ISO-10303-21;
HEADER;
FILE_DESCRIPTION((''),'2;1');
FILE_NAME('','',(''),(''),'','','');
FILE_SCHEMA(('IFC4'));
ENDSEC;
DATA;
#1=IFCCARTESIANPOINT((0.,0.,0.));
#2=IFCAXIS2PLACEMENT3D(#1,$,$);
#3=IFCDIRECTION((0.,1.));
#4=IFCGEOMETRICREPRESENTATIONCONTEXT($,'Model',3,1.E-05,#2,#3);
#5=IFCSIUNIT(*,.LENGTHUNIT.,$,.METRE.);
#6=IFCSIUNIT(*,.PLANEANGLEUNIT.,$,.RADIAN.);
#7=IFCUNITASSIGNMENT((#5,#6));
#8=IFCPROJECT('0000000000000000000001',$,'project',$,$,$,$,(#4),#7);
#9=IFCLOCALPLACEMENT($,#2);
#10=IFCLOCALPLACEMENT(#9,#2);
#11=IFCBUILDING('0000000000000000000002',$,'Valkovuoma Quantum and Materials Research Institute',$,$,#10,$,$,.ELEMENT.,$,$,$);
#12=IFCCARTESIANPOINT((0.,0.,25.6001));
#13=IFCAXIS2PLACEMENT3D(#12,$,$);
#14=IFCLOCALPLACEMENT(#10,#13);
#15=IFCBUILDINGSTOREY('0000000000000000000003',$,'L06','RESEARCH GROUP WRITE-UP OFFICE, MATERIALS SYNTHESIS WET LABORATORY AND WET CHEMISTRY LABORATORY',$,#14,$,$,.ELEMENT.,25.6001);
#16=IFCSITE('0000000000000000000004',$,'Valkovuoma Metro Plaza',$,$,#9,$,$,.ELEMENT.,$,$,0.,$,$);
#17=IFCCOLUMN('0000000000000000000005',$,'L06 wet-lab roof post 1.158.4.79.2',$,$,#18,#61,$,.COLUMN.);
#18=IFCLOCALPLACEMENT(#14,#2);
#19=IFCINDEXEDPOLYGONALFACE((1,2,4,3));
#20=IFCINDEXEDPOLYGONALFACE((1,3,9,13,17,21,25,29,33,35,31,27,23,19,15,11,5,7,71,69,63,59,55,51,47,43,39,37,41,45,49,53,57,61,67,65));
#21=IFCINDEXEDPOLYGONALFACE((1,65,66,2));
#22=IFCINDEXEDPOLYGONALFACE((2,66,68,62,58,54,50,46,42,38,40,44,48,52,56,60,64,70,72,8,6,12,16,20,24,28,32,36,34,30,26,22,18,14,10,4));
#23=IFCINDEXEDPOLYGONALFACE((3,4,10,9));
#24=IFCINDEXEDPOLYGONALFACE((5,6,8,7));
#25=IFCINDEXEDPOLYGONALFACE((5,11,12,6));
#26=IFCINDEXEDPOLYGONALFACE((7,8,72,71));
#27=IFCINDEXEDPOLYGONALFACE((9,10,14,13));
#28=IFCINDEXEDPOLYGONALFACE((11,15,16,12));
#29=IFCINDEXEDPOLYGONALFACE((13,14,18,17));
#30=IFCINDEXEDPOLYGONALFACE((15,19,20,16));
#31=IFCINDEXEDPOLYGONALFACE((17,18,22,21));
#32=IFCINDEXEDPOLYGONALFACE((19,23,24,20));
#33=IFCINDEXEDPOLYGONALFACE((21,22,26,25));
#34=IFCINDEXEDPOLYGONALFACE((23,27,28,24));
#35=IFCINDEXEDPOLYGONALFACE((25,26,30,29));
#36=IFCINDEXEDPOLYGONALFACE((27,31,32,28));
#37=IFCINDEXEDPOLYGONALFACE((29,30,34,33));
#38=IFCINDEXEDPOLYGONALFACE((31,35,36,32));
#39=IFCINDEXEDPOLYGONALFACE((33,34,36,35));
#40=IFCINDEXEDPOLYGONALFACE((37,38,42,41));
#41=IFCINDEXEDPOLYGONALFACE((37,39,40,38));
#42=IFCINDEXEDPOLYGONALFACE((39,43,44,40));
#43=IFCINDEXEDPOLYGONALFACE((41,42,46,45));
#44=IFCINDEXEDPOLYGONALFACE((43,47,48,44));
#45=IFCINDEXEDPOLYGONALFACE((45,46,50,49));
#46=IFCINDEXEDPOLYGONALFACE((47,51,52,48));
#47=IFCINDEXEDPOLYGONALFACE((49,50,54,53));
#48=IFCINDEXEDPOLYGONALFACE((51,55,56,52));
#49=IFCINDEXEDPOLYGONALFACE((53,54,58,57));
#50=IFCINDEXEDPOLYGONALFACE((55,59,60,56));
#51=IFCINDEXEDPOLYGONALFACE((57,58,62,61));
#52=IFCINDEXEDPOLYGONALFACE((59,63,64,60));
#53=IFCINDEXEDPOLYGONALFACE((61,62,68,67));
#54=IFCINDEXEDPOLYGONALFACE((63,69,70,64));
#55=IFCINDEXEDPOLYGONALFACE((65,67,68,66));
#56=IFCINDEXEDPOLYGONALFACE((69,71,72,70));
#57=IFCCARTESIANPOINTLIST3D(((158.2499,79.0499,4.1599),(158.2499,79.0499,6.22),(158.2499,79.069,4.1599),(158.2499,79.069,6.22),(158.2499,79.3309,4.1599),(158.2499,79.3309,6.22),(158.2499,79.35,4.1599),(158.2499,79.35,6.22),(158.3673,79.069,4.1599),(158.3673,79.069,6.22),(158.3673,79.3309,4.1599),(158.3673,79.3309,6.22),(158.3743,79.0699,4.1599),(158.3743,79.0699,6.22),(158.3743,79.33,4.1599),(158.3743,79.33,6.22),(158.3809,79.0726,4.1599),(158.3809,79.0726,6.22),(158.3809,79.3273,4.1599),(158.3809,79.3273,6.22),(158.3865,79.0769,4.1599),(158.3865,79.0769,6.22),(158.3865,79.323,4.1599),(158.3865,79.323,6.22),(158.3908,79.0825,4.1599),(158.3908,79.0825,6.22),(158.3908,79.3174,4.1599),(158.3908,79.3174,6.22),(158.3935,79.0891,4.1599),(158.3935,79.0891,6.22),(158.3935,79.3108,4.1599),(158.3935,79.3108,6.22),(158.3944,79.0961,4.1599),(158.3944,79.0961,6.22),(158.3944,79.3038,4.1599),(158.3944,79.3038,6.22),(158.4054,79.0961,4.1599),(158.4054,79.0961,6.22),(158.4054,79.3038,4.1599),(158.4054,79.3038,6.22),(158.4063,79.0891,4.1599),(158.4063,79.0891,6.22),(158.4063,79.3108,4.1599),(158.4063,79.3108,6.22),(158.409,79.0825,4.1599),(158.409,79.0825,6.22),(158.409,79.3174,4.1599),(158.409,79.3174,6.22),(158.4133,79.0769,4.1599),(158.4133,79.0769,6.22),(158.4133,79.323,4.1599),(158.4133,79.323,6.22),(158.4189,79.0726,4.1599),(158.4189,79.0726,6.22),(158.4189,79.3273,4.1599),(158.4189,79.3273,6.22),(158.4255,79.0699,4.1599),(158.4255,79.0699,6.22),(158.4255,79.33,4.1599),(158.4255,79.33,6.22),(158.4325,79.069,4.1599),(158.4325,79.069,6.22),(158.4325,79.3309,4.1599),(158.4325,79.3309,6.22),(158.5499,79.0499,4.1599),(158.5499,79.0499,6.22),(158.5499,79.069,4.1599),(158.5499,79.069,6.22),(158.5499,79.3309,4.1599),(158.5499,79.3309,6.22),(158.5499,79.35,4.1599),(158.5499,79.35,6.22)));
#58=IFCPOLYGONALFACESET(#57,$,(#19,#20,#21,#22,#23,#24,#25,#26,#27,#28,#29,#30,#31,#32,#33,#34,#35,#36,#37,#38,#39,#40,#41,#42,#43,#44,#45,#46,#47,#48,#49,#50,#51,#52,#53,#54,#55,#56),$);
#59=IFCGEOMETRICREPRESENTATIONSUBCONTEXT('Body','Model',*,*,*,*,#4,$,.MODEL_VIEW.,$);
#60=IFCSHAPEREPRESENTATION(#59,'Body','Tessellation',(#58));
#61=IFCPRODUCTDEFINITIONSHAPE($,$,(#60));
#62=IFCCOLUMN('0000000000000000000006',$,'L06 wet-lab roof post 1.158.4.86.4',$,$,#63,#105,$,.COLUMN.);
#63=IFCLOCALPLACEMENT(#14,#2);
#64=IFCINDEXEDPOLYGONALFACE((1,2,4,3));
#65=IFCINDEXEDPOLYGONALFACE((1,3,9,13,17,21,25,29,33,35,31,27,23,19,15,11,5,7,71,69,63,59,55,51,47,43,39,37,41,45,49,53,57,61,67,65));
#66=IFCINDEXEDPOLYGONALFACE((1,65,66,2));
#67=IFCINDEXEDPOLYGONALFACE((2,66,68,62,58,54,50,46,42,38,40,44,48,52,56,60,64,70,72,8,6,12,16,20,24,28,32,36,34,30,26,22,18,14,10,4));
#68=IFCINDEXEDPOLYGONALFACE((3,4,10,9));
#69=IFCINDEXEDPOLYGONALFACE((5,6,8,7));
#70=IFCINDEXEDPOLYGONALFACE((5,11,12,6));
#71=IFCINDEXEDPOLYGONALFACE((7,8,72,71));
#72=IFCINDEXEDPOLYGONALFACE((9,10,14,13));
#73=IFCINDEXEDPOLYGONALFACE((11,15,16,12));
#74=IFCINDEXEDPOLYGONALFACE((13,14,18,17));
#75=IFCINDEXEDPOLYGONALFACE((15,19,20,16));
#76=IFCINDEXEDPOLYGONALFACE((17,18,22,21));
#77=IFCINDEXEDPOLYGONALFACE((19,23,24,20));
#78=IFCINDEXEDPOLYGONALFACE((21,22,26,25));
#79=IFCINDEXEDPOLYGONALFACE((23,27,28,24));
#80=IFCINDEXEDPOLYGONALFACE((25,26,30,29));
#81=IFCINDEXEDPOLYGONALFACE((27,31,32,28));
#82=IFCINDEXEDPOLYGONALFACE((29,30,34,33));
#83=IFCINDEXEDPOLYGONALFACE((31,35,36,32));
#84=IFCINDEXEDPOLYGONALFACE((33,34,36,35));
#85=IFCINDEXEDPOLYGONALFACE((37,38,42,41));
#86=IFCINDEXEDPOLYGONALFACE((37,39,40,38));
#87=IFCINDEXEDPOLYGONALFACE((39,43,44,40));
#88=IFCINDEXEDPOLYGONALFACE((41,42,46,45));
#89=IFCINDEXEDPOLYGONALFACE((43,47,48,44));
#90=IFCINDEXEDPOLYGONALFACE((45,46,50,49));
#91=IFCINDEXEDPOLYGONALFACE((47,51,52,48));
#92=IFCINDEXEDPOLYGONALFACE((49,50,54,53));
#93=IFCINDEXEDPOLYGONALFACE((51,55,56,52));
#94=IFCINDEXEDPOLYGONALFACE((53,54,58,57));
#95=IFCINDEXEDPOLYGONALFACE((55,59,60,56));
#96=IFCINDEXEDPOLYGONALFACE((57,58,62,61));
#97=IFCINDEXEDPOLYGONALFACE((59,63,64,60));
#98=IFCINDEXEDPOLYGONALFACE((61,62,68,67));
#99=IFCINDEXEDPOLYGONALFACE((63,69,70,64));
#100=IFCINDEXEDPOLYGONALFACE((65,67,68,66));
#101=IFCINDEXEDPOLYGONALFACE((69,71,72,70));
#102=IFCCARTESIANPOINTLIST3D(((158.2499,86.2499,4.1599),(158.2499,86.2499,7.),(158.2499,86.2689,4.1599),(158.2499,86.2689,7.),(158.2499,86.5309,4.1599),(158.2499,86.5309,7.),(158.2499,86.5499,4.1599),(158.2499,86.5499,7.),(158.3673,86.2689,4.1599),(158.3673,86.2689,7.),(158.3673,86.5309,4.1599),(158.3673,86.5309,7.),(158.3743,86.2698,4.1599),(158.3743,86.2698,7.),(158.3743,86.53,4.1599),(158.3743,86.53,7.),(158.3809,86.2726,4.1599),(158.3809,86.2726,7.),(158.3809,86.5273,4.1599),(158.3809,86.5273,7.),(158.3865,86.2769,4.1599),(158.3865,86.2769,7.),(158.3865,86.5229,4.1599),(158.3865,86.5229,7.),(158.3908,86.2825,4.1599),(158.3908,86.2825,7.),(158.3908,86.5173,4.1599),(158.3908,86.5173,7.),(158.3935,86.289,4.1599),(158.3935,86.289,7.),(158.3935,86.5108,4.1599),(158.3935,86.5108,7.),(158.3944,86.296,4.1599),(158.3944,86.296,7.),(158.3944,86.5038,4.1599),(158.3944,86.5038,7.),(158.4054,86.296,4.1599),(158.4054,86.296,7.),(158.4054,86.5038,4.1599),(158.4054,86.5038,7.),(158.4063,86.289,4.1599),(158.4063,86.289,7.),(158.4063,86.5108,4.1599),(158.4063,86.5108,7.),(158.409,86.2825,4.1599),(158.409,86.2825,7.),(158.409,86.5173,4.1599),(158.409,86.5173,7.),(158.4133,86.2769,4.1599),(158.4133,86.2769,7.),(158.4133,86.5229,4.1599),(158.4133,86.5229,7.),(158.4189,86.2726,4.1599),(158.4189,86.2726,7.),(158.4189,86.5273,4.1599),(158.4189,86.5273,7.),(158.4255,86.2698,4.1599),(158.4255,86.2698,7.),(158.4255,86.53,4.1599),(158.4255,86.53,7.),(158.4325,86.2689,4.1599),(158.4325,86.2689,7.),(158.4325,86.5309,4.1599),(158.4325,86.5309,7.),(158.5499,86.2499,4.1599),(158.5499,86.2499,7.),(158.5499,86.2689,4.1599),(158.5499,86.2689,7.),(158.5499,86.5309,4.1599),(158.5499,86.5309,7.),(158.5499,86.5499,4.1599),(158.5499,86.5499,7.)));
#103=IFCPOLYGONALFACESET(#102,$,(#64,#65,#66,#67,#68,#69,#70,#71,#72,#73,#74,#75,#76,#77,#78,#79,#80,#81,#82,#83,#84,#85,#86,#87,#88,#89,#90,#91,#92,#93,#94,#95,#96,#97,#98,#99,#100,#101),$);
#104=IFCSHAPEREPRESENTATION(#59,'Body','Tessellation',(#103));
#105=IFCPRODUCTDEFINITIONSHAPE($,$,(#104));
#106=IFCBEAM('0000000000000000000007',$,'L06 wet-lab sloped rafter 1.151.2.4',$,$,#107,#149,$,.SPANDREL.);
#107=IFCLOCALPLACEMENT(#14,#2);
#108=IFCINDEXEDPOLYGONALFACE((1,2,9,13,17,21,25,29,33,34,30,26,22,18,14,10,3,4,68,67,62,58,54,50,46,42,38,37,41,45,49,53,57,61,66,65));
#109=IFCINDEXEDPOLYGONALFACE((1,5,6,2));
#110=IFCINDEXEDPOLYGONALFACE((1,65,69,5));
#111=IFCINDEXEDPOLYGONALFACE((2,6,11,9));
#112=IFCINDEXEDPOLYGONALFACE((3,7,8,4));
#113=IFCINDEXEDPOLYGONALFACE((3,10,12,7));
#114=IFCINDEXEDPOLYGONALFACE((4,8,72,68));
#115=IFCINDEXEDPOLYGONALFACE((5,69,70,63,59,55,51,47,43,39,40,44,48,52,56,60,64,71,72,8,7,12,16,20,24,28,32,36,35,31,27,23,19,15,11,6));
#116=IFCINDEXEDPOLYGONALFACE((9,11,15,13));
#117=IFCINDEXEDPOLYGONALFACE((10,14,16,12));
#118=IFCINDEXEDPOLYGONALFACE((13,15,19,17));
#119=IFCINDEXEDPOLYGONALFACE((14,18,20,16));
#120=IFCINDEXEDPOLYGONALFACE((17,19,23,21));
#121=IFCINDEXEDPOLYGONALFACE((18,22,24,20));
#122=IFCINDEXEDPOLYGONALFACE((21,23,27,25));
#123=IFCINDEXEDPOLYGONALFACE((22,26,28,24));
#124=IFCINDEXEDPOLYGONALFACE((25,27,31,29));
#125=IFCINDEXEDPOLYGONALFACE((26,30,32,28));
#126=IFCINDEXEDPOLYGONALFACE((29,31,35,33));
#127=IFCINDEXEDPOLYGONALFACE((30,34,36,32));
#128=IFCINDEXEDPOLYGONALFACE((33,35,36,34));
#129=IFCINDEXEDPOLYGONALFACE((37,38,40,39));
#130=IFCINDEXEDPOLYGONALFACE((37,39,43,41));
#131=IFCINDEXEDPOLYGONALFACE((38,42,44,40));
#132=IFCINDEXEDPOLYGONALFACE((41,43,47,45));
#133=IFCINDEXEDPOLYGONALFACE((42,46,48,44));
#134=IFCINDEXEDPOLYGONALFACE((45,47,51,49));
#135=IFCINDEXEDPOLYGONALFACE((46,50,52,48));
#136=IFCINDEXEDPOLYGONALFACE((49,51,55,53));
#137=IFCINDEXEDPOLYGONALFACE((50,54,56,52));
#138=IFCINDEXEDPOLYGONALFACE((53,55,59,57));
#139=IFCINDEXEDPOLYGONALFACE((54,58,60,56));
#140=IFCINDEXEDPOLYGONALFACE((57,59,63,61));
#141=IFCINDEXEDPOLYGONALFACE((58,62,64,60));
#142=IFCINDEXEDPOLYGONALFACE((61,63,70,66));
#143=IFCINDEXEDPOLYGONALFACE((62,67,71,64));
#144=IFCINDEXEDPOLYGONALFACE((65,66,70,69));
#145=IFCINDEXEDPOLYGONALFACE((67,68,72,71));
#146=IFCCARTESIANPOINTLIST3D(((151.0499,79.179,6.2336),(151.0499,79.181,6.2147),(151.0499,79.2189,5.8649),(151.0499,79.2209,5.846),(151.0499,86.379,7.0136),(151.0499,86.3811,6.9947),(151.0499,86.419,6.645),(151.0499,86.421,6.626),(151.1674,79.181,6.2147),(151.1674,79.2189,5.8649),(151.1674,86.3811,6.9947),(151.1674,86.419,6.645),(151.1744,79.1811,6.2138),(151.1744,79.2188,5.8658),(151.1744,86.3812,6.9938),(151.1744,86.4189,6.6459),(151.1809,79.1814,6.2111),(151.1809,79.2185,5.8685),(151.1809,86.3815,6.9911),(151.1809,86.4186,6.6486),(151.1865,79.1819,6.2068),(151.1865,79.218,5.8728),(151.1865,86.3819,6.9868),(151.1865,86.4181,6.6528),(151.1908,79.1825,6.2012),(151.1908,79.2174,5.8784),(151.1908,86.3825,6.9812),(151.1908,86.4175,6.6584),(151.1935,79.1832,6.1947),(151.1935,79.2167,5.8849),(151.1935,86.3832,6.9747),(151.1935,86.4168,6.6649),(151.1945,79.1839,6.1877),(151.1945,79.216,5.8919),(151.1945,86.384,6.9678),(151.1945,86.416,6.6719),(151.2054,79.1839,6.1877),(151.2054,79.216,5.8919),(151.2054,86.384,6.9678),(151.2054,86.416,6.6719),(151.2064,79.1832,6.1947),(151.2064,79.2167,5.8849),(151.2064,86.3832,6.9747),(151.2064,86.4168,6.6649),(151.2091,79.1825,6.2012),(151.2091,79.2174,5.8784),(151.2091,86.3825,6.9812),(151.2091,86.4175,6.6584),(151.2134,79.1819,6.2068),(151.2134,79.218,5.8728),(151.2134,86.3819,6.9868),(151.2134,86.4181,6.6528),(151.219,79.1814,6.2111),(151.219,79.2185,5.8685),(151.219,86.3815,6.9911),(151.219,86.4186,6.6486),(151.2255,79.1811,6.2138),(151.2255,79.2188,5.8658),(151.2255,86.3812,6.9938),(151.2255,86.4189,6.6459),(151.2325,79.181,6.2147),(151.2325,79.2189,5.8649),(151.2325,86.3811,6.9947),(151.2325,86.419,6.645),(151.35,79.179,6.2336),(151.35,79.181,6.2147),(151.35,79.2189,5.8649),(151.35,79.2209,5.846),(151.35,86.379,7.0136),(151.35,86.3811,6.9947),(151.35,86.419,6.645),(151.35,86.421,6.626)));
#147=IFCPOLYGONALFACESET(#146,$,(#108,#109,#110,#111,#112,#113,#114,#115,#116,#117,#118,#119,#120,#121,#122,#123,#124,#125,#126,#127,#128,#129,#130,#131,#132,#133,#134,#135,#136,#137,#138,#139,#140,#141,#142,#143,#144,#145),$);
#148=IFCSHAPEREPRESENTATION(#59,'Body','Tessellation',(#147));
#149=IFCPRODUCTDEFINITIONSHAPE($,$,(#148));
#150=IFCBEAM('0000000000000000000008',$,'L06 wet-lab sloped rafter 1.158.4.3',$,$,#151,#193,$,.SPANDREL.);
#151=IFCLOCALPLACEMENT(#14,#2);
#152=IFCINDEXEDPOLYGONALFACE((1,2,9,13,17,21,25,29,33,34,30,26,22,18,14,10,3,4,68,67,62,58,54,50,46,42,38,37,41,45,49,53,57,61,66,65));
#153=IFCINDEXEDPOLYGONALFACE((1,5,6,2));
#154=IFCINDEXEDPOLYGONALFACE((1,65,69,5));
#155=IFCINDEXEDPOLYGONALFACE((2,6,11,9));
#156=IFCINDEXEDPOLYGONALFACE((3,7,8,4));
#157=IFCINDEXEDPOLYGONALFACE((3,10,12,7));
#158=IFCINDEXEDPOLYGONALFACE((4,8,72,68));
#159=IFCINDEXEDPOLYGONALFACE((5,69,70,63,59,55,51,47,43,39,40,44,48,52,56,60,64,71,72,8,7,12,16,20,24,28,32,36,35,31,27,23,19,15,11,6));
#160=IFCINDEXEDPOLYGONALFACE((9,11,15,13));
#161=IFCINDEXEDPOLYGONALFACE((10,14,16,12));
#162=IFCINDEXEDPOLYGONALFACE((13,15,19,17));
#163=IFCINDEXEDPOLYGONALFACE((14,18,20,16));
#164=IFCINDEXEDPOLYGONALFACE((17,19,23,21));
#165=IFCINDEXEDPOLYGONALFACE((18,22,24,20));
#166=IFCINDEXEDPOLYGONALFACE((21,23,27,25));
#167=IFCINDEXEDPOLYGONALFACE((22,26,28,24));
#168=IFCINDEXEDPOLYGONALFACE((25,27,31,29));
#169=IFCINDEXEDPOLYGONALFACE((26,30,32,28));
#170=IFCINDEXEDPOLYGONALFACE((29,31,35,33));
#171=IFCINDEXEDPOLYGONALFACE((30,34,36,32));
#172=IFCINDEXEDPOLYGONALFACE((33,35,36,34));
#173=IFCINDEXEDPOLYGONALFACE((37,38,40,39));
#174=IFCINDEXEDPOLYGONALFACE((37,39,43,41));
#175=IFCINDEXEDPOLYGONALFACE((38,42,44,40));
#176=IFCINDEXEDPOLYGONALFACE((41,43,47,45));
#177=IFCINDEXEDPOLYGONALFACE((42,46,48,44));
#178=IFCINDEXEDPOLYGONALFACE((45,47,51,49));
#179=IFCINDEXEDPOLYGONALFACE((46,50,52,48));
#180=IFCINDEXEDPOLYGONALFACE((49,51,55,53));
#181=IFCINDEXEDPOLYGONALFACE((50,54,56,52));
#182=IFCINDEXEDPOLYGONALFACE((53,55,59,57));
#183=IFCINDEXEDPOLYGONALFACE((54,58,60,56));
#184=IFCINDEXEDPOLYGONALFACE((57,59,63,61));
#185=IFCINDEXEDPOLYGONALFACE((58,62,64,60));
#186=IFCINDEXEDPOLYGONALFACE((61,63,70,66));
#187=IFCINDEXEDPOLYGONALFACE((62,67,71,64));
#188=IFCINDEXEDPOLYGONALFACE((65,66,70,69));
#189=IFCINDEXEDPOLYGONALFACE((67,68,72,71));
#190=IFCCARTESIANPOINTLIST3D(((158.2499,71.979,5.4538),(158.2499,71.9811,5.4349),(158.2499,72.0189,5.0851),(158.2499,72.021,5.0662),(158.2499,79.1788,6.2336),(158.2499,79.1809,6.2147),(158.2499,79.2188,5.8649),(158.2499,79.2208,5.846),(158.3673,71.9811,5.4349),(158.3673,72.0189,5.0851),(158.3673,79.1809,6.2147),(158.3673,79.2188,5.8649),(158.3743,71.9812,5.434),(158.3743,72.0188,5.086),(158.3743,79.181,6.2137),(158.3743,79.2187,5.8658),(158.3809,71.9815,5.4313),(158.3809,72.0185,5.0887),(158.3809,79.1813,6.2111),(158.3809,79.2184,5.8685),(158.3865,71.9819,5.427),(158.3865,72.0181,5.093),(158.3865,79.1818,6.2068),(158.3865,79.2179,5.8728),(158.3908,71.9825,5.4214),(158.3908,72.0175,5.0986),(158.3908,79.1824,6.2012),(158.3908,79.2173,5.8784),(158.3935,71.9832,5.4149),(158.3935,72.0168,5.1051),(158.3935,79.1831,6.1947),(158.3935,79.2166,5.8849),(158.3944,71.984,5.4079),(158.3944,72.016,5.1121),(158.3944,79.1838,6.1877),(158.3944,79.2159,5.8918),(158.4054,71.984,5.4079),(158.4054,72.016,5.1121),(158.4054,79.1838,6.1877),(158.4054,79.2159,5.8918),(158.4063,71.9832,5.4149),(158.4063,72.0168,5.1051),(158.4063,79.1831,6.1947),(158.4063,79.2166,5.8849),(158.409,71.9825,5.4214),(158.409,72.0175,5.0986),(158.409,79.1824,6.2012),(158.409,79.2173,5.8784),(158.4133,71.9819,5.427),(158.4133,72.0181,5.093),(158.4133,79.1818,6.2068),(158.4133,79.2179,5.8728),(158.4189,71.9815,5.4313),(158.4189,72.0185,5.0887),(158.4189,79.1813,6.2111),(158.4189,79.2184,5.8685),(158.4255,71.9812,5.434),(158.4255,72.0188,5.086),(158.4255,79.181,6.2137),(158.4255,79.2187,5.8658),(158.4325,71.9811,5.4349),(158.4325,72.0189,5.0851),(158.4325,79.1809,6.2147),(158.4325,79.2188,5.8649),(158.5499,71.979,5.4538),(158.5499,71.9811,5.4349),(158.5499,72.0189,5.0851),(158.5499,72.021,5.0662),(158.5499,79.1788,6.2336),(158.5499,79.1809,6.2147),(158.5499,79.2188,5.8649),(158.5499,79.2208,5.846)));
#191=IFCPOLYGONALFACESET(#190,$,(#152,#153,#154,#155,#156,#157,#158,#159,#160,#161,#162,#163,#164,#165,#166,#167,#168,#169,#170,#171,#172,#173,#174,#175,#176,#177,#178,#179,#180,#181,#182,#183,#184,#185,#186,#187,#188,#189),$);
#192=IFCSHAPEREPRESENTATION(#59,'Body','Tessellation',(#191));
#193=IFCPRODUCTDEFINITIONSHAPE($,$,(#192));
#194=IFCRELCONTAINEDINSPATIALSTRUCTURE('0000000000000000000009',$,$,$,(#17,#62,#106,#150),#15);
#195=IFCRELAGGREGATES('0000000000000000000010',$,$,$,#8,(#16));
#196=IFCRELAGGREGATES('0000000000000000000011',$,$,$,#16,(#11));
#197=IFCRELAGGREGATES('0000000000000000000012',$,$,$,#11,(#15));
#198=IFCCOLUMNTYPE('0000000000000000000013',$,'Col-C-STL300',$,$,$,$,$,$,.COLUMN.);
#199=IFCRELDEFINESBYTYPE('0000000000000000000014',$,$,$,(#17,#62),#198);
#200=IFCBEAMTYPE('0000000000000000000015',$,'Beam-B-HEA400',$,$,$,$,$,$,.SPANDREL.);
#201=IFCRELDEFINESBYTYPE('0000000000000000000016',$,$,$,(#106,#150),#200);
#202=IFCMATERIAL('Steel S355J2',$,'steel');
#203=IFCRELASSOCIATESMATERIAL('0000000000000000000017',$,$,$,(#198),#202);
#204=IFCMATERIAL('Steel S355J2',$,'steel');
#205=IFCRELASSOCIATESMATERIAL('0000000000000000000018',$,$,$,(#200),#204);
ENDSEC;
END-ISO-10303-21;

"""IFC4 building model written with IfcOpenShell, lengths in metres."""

from ifc_helpers import new_model, si_unit, direction, frame, origin, origin_2d, place, context, subcontext, project, spatial, i_section, extrude, material, material_profile, profile_set, type_object, element, save


model = new_model("IFC4")

# Units and contexts
model_context = context("Model", 3, precision=1e-05, world=origin(), true_north=direction((0.0, 1.0)))
body_context = subcontext(model_context, "Body", "Model", "MODEL_VIEW")
ifc_project = project(units=[si_unit("LENGTHUNIT", "METRE"), si_unit("PLANEANGLEUNIT", "RADIAN")], contexts=[model_context])

# Site, building, storey
site_placement = place(None, origin())
site = spatial("IfcSite", under=ifc_project, at=site_placement, Name="Valkovuoma Metro Plaza", CompositionType="ELEMENT", RefElevation=0.0)
building_placement = place(site_placement, origin())
building = spatial("IfcBuilding", under=site, at=building_placement, Name="Valkovuoma Quantum and Materials Research Institute", CompositionType="ELEMENT")
storey_placement = place(building_placement, frame((0.0, 0.0, 25.6001)))
storey = spatial("IfcBuildingStorey", under=building, at=storey_placement, Name="L06", Description="RESEARCH GROUP WRITE-UP OFFICE, MATERIALS SYNTHESIS WET LABORATORY AND WET CHEMISTRY LABORATORY", CompositionType="ELEMENT", Elevation=25.6001)

# Columns
ifc_material_1 = material(Name="Steel S355J2", Category="steel")
ifc_material_profile_1 = material_profile(ifc_material_1, i_section(OverallWidth=0.3, OverallDepth=0.3, WebThickness=0.011, FlangeThickness=0.019, FilletRadius=0.0271, at=origin_2d()), Name="Steel S355J2")
ifc_profile_set_1 = profile_set([ifc_material_profile_1], Name="Steel S355J2")
column_type_1 = type_object("IfcColumnType", Name="Col-C-STL300", PredefinedType="COLUMN", material=ifc_profile_set_1)
column_1_placement = place(storey_placement, frame((158.3999, 79.2, 4.1599), z_axis=(0.0, 0.0, 1.0), x_axis=(1.0, 0.0, 0.0)))
element("IfcColumn", 1, at=column_1_placement, inside=storey, type_object=column_type_1, Name="L06 wet-lab roof post 1.158.4.79.2", PredefinedType="COLUMN", context=body_context, shape_type="SweptSolid", body=[
    extrude(i_section(OverallWidth=0.3, OverallDepth=0.3, WebThickness=0.011, FlangeThickness=0.019, FilletRadius=0.0271, at=origin_2d()), origin(), (0.0, 0.0, 1.0), 2.0601),
])
column_2_placement = place(storey_placement, frame((158.3999, 86.3999, 4.1599), z_axis=(0.0, 0.0, 1.0), x_axis=(1.0, 0.0, 0.0)))
element("IfcColumn", 2, at=column_2_placement, inside=storey, type_object=column_type_1, Name="L06 wet-lab roof post 1.158.4.86.4", PredefinedType="COLUMN", context=body_context, shape_type="SweptSolid", body=[
    extrude(i_section(OverallWidth=0.3, OverallDepth=0.3, WebThickness=0.011, FlangeThickness=0.019, FilletRadius=0.0271, at=origin_2d()), origin(), (0.0, 0.0, 1.0), 2.8401),
])

# Beams
ifc_material_2 = material(Name="Steel S355J2", Category="steel")
ifc_material_profile_2 = material_profile(ifc_material_2, i_section(OverallWidth=0.3, OverallDepth=0.3899, WebThickness=0.011, FlangeThickness=0.019, FilletRadius=0.0271, at=origin_2d()), Name="Steel S355J2")
ifc_profile_set_2 = profile_set([ifc_material_profile_2], Name="Steel S355J2")
beam_type_1 = type_object("IfcBeamType", Name="Beam-B-HEA400", PredefinedType="SPANDREL", material=ifc_profile_set_2)
beam_1_placement = place(storey_placement, frame((151.2, 79.2, 6.0398), z_axis=(0.0, 0.994183, 0.107708), x_axis=(-1.0, 0.0, 0.0)))
element("IfcBeam", 3, at=beam_1_placement, inside=storey, type_object=beam_type_1, Name="L06 wet-lab sloped rafter 1.151.2.4", PredefinedType="SPANDREL", context=body_context, shape_type="SweptSolid", body=[
    extrude(i_section(OverallWidth=0.3, OverallDepth=0.3899, WebThickness=0.011, FlangeThickness=0.019, FilletRadius=0.0271, at=origin_2d()), origin(), (0.0, 0.0, 1.0), 7.2422),
])
beam_2_placement = place(storey_placement, frame((158.3999, 72.0, 5.26), z_axis=(0.0, 0.994186, 0.107675), x_axis=(-1.0, 0.0, 0.0)))
element("IfcBeam", 4, at=beam_2_placement, inside=storey, type_object=beam_type_1, Name="L06 wet-lab sloped rafter 1.158.4.3", PredefinedType="SPANDREL", context=body_context, shape_type="SweptSolid", body=[
    extrude(i_section(OverallWidth=0.3, OverallDepth=0.3899, WebThickness=0.011, FlangeThickness=0.019, FilletRadius=0.0271, at=origin_2d()), origin(), (0.0, 0.0, 1.0), 7.2419),
])

save(model, "model.ifc")
